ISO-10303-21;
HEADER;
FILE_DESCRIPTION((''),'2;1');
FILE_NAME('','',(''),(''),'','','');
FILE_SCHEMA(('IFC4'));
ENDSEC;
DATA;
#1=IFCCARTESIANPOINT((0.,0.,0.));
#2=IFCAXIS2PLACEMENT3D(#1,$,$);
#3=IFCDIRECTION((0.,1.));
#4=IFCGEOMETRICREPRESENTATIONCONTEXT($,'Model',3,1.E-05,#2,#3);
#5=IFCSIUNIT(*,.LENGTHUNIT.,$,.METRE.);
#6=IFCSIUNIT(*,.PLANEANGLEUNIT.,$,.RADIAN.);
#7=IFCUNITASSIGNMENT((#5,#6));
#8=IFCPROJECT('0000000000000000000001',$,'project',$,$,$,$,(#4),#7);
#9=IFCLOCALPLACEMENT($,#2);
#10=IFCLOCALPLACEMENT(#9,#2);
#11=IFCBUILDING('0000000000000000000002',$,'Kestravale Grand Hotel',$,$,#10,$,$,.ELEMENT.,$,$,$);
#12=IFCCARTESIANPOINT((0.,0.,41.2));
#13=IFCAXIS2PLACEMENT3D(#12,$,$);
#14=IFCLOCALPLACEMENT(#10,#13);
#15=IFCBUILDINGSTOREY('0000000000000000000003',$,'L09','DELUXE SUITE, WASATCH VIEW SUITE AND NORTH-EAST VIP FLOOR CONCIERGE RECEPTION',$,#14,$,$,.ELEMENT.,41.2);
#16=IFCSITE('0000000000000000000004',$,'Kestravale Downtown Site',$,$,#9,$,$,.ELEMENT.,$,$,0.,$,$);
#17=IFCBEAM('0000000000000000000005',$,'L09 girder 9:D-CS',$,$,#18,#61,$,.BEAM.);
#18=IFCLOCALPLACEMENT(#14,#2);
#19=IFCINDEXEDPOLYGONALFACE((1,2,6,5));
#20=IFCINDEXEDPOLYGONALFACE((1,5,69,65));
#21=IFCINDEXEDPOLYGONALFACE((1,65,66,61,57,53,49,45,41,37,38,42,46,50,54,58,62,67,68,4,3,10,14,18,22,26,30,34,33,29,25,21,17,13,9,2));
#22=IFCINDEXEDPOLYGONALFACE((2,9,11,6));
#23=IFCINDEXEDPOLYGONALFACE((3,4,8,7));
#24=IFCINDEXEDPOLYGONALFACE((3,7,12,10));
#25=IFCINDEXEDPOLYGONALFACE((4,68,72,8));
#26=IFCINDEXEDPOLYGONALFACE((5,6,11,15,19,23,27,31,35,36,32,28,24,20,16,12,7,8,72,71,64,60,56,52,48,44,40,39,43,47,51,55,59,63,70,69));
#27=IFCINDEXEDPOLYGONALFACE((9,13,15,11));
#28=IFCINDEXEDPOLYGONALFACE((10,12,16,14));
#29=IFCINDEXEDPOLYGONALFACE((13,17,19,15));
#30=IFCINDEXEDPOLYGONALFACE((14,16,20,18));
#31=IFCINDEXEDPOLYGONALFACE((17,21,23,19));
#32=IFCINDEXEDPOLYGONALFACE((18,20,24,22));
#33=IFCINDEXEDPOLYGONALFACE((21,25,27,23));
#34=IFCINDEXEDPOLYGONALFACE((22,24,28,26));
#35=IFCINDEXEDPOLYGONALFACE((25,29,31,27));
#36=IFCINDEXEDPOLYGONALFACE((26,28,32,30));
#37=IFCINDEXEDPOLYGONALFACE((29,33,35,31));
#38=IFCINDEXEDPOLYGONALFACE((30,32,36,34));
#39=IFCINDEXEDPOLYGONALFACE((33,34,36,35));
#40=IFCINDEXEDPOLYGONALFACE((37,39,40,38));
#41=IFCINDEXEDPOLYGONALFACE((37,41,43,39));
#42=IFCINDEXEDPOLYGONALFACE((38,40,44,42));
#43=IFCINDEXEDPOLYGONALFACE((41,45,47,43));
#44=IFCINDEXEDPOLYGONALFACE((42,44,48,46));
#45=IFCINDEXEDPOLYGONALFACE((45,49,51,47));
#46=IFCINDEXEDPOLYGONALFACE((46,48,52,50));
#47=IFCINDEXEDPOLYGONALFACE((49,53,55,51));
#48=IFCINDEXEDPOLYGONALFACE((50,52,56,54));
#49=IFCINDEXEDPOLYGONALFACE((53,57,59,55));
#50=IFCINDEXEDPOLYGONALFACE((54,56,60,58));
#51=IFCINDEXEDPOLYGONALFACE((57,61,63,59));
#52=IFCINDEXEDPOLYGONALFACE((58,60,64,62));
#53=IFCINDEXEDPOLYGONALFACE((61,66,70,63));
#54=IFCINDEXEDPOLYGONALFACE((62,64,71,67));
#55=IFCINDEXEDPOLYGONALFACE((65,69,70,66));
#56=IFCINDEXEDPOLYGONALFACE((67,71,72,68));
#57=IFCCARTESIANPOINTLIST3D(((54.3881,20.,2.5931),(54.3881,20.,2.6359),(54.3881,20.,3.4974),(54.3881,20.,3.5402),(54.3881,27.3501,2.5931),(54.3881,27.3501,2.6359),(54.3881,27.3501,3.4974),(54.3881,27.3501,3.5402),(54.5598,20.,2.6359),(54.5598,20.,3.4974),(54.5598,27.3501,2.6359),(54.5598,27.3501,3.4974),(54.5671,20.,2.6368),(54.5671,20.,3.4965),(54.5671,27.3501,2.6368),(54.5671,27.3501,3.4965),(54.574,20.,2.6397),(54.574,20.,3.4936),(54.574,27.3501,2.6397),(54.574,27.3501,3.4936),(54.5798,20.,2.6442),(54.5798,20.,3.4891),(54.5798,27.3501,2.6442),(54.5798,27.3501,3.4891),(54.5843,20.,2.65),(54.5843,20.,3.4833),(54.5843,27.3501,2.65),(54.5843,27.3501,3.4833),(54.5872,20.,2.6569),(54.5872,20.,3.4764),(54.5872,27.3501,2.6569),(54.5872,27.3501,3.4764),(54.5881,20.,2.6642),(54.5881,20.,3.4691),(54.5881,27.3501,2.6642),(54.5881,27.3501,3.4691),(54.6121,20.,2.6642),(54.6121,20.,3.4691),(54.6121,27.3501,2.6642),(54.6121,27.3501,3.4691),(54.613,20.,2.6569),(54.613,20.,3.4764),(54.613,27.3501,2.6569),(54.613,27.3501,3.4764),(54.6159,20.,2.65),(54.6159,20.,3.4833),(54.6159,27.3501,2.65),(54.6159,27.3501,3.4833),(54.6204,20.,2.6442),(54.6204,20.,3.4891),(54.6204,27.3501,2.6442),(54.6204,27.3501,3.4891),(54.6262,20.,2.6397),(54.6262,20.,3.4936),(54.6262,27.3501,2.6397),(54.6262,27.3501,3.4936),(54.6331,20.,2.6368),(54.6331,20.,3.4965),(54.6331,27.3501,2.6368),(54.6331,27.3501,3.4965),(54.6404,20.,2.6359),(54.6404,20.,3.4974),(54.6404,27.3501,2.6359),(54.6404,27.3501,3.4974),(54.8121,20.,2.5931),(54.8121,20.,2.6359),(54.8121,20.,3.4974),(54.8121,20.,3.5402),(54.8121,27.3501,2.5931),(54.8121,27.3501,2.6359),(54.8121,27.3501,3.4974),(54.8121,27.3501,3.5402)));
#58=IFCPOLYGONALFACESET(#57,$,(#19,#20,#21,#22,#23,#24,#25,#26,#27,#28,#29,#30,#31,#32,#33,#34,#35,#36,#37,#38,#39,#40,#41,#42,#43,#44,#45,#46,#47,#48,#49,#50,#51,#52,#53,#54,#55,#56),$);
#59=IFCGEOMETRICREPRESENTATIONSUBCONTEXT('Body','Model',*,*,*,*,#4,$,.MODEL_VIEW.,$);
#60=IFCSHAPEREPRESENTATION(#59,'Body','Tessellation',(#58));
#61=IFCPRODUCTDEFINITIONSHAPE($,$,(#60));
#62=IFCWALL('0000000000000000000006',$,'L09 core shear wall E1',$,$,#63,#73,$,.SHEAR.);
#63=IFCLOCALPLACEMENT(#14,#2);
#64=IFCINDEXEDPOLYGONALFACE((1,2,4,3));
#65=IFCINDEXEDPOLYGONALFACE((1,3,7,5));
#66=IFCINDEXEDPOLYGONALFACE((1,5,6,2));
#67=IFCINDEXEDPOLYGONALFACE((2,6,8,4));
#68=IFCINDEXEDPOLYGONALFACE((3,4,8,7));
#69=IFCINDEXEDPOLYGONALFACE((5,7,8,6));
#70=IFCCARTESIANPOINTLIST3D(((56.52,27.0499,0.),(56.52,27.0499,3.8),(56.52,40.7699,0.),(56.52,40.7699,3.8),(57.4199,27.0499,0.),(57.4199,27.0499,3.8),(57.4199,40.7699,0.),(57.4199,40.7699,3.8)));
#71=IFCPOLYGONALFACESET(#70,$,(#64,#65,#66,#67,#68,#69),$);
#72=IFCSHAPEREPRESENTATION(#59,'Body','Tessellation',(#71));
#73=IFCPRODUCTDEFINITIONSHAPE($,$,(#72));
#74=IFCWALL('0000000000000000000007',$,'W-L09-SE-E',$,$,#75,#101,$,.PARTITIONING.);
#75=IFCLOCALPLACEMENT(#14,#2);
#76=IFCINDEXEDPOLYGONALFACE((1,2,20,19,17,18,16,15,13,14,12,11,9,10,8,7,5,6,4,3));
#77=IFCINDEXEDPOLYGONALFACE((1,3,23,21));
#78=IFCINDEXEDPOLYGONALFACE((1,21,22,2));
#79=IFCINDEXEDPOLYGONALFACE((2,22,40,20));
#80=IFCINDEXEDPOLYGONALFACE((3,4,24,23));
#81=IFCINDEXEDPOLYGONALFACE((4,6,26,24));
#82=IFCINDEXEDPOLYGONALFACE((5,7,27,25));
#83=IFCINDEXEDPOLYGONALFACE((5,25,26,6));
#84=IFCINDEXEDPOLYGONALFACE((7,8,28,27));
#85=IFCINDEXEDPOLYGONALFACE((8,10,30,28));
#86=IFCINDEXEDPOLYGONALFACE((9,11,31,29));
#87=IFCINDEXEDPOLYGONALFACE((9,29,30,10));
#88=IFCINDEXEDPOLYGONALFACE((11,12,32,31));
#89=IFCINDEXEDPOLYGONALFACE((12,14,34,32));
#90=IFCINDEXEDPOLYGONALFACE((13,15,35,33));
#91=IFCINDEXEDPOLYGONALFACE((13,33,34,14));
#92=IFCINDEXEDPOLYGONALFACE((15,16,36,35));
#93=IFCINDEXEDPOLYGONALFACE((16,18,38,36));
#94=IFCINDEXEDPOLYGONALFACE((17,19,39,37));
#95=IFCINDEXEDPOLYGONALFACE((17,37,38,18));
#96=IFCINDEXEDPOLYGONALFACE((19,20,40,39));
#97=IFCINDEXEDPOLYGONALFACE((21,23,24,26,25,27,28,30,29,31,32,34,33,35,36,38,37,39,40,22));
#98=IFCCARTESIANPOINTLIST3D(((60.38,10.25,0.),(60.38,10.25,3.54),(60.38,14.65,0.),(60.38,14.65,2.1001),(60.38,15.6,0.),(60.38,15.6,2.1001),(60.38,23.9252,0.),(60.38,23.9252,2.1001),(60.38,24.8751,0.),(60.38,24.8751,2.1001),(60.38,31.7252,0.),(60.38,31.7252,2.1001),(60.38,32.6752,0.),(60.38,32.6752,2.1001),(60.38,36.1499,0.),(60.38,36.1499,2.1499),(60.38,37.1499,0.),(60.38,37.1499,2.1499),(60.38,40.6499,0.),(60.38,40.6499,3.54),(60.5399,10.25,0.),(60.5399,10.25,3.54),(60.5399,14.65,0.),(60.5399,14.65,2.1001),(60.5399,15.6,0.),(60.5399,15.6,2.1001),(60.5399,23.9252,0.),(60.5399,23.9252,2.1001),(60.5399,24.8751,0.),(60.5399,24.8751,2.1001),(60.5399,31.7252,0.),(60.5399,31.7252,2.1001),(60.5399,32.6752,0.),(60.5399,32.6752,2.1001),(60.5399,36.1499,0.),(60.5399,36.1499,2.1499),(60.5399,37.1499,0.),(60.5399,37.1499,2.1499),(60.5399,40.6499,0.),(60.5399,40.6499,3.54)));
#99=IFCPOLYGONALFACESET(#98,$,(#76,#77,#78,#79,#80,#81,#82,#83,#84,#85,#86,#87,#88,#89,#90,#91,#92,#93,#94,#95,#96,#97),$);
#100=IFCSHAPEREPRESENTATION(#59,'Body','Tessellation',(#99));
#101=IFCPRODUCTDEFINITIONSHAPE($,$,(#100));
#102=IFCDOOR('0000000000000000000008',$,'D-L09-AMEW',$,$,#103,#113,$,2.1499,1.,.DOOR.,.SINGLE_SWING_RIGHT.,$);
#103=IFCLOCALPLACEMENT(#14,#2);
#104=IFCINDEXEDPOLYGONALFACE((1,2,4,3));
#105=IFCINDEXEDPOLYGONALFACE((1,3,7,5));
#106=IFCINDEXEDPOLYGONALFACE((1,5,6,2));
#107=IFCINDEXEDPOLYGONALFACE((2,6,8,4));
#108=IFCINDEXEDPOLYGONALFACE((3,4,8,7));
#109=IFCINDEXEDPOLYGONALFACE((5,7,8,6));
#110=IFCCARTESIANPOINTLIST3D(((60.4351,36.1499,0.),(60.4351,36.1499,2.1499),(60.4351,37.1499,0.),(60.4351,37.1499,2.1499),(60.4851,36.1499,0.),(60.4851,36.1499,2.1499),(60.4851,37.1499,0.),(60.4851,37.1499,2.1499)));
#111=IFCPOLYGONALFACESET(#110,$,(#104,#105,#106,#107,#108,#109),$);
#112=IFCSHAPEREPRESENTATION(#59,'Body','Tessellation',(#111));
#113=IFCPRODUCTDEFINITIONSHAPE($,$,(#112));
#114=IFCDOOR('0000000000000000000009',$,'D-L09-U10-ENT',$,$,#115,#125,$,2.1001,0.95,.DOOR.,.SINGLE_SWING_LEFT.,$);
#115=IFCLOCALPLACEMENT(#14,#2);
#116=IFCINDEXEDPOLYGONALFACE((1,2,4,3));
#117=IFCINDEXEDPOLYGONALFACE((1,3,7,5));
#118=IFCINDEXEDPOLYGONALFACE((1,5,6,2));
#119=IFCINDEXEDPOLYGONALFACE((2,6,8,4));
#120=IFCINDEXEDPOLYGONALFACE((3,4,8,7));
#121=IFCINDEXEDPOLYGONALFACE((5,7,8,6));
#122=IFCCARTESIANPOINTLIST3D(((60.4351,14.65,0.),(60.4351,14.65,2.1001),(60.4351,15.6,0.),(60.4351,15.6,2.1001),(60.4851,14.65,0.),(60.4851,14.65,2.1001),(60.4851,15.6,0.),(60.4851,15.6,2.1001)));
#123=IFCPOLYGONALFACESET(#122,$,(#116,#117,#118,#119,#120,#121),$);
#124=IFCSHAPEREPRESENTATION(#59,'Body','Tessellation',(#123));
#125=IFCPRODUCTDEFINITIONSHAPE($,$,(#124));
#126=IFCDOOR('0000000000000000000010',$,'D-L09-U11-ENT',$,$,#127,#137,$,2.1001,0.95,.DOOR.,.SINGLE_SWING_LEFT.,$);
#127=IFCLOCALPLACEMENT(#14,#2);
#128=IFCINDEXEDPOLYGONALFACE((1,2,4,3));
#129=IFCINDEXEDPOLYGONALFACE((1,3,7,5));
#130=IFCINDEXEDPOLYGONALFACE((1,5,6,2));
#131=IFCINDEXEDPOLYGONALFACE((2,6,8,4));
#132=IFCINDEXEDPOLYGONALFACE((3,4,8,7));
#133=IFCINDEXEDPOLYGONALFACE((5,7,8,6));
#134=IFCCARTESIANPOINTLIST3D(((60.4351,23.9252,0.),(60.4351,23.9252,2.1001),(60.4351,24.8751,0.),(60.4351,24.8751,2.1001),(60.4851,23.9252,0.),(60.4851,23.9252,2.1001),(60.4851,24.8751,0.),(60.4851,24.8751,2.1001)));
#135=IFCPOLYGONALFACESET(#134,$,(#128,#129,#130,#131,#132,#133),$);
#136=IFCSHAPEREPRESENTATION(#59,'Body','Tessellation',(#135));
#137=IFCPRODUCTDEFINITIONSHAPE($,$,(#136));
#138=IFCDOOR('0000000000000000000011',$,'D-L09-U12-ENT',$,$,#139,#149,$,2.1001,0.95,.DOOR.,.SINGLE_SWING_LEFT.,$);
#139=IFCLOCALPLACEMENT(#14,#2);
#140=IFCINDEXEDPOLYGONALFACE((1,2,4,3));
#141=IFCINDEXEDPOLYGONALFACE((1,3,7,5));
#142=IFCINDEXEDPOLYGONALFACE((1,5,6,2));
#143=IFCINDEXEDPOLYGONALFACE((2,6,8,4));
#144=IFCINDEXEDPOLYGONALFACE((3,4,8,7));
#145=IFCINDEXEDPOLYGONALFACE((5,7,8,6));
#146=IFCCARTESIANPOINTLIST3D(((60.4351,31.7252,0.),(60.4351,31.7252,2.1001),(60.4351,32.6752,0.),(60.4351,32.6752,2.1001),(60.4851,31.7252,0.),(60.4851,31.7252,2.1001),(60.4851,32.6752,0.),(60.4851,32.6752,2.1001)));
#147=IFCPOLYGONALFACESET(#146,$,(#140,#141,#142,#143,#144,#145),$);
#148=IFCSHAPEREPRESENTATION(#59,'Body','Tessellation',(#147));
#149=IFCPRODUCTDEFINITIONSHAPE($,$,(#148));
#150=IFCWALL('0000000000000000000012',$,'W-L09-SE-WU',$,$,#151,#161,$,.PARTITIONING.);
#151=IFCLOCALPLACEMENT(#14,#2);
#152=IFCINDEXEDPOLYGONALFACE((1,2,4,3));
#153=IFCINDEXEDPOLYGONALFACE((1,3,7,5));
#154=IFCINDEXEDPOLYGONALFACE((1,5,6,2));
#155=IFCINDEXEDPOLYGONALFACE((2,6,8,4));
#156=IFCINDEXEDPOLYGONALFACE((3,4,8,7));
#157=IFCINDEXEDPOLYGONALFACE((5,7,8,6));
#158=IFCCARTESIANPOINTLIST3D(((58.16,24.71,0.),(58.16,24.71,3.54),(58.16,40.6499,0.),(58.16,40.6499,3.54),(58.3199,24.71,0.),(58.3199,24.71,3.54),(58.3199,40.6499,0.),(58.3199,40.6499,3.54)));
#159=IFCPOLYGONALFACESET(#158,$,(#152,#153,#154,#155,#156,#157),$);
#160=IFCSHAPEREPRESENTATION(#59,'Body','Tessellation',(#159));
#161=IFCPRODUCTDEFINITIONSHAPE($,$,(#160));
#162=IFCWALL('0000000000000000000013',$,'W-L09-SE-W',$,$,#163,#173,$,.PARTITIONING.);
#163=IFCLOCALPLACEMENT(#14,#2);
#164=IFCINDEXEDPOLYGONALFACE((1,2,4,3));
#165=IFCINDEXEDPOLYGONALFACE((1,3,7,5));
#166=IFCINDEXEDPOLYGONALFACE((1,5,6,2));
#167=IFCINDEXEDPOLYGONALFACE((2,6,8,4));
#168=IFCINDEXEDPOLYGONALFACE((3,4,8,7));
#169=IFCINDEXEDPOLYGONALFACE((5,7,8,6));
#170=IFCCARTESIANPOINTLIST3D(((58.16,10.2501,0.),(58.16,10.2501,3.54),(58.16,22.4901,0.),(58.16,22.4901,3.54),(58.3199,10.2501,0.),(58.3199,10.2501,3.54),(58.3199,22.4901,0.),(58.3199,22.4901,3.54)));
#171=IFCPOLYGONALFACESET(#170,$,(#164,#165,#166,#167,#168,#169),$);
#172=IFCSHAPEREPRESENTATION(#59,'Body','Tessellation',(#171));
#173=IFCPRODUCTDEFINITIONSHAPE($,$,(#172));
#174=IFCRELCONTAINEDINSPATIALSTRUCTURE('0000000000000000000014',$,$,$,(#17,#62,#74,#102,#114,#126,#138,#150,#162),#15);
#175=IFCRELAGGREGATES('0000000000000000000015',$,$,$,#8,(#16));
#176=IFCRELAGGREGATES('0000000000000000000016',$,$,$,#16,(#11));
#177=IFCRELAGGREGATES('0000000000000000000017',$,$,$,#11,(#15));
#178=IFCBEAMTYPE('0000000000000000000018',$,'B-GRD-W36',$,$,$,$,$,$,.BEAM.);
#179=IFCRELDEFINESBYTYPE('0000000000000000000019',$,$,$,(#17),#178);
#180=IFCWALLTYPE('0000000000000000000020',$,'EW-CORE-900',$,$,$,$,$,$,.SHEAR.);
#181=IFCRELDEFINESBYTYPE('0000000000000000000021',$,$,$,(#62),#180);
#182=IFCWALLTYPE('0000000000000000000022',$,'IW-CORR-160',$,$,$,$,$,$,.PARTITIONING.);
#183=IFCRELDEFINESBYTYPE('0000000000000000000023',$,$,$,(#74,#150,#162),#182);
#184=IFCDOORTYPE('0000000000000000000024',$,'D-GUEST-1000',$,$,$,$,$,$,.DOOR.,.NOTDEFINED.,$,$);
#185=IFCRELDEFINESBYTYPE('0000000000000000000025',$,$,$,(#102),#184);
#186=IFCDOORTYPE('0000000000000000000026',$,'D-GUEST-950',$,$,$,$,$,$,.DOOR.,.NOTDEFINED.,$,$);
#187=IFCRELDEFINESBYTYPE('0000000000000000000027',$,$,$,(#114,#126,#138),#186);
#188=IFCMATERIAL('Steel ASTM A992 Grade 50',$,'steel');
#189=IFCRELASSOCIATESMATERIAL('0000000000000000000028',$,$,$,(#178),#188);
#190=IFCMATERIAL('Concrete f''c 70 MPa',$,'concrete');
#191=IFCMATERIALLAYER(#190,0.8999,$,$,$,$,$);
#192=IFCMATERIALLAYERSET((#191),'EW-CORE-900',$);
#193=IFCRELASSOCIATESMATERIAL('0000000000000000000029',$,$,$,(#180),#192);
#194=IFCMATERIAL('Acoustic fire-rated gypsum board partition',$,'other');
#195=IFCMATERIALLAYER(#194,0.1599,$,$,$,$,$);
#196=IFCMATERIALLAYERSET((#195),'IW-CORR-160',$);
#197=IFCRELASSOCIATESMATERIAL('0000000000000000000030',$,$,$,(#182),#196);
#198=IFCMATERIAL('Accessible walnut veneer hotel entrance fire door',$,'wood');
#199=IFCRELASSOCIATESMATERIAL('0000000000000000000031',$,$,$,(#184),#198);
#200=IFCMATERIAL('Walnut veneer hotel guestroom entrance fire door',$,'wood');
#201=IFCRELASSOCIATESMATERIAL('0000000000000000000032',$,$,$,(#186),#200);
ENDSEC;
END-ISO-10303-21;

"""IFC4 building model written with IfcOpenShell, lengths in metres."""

from ifc_helpers import new_model, si_unit, direction, frame, frame_2d, origin, origin_2d, place, context, subcontext, project, spatial, rectangle, i_section, extrude, material, layer, layer_set, material_profile, profile_set, type_object, element, fill, save


model = new_model("IFC4")

# Units and contexts
model_context = context("Model", 3, precision=1e-05, world=origin(), true_north=direction((0.0, 1.0)))
body_context = subcontext(model_context, "Body", "Model", "MODEL_VIEW")
ifc_project = project(units=[si_unit("LENGTHUNIT", "METRE"), si_unit("PLANEANGLEUNIT", "RADIAN")], contexts=[model_context])

# Site, building, storey
site_placement = place(None, origin())
site = spatial("IfcSite", under=ifc_project, at=site_placement, Name="Kestravale Downtown Site", CompositionType="ELEMENT", RefElevation=0.0)
building_placement = place(site_placement, origin())
building = spatial("IfcBuilding", under=site, at=building_placement, Name="Kestravale Grand Hotel", CompositionType="ELEMENT")
storey_placement = place(building_placement, frame((0.0, 0.0, 41.2)))
storey = spatial("IfcBuildingStorey", under=building, at=storey_placement, Name="L09", Description="DELUXE SUITE, WASATCH VIEW SUITE AND NORTH-EAST VIP FLOOR CONCIERGE RECEPTION", CompositionType="ELEMENT", Elevation=41.2)

# Beam
ifc_material_1 = material(Name="Steel ASTM A992 Grade 50", Category="steel")
ifc_material_profile_1 = material_profile(ifc_material_1, i_section(OverallWidth=0.4241, OverallDepth=0.947, WebThickness=0.0239, FlangeThickness=0.0427, FilletRadius=0.0283, at=origin_2d()))
ifc_profile_set_1 = profile_set([ifc_material_profile_1], Name="Steel ASTM A992 Grade 50")
beam_type_1 = type_object("IfcBeamType", Name="B-GRD-W36", PredefinedType="BEAM", material=ifc_profile_set_1)
beam_1_placement = place(storey_placement, frame((54.6001, 20.0, 3.0667), z_axis=(0.0, 1.0, 0.0), x_axis=(-1.0, 0.0, 0.0)))
element("IfcBeam", 1, at=beam_1_placement, inside=storey, type_object=beam_type_1, Name="L09 girder 9:D-CS", PredefinedType="BEAM", context=body_context, shape_type="SweptSolid", body=[
    extrude(i_section(OverallWidth=0.4241, OverallDepth=0.947, WebThickness=0.0239, FlangeThickness=0.0427, FilletRadius=0.0283, at=origin_2d()), origin(), (0.0, 0.0, 1.0), 7.3501),
])

# Wall
ifc_material_2 = material(Name="Concrete f'c 70 MPa", Category="concrete")
ifc_layer_1 = layer(ifc_material_2, 0.8999)
ifc_layer_set_1 = layer_set([ifc_layer_1], Name="EW-CORE-900")
wall_type_1 = type_object("IfcWallType", Name="EW-CORE-900", PredefinedType="SHEAR", material=ifc_layer_set_1)
wall_1_placement = place(storey_placement, frame((56.97, 27.05, 0.0), z_axis=(0.0, 0.0, 1.0), x_axis=(0.0, 1.0, 0.0)))
element("IfcWall", 2, at=wall_1_placement, inside=storey, type_object=wall_type_1, Name="L09 core shear wall E1", PredefinedType="SHEAR", context=body_context, shape_type="SweptSolid", body=[
    extrude(rectangle(XDim=13.72, YDim=0.8999, at=frame_2d((6.8599, 0.0))), origin(), (0.0, 0.0, 1.0), 3.8),
])

# Wall, openings, doors
ifc_material_3 = material(Name="Acoustic fire-rated gypsum board partition", Category="other")
ifc_layer_2 = layer(ifc_material_3, 0.1599)
ifc_layer_set_2 = layer_set([ifc_layer_2], Name="IW-CORR-160")
wall_type_2 = type_object("IfcWallType", Name="IW-CORR-160", PredefinedType="PARTITIONING", material=ifc_layer_set_2)
wall_2_placement = place(storey_placement, frame((60.46, 10.25, 0.0), z_axis=(0.0, 0.0, 1.0), x_axis=(0.0, 1.0, 0.0)))
wall_2 = element("IfcWall", 3, at=wall_2_placement, inside=storey, type_object=wall_type_2, Name="W-L09-SE-E", PredefinedType="PARTITIONING", context=body_context, shape_type="SweptSolid", body=[
    extrude(rectangle(XDim=30.3999, YDim=0.1599, at=frame_2d((15.2, 0.0))), origin(), (0.0, 0.0, 1.0), 3.54),
])
opening_1_placement = place(wall_2_placement, frame((4.3999, 0.0, 0.0)))
opening_1 = element("IfcOpeningElement", 4, at=opening_1_placement, cuts=wall_2, PredefinedType="OPENING", context=body_context, shape_type="SweptSolid", body=[
    extrude(rectangle(XDim=0.95, YDim=2.1001, at=frame_2d((0.4751, 1.05))), frame((0.0, 0.0898, 0.0), z_axis=(0.0, -1.0, 0.0), x_axis=(1.0, 0.0, 0.0)), (0.0, 0.0, 1.0), 0.1799),
])
opening_2_placement = place(wall_2_placement, frame((13.675, 0.0, 0.0)))
opening_2 = element("IfcOpeningElement", 5, at=opening_2_placement, cuts=wall_2, PredefinedType="OPENING", context=body_context, shape_type="SweptSolid", body=[
    extrude(rectangle(XDim=0.95, YDim=2.1001, at=frame_2d((0.4751, 1.05))), frame((0.0, 0.0898, 0.0), z_axis=(0.0, -1.0, 0.0), x_axis=(1.0, 0.0, 0.0)), (0.0, 0.0, 1.0), 0.1799),
])
opening_3_placement = place(wall_2_placement, frame((21.4751, 0.0, 0.0)))
opening_3 = element("IfcOpeningElement", 6, at=opening_3_placement, cuts=wall_2, PredefinedType="OPENING", context=body_context, shape_type="SweptSolid", body=[
    extrude(rectangle(XDim=0.95, YDim=2.1001, at=frame_2d((0.4751, 1.05))), frame((0.0, 0.0898, 0.0), z_axis=(0.0, -1.0, 0.0), x_axis=(1.0, 0.0, 0.0)), (0.0, 0.0, 1.0), 0.1799),
])
opening_4_placement = place(wall_2_placement, frame((25.8999, 0.0, 0.0)))
opening_4 = element("IfcOpeningElement", 7, at=opening_4_placement, cuts=wall_2, PredefinedType="OPENING", context=body_context, shape_type="SweptSolid", body=[
    extrude(rectangle(XDim=1.0, YDim=2.1499, at=frame_2d((0.5, 1.075))), frame((0.0, 0.0898, 0.0), z_axis=(0.0, -1.0, 0.0), x_axis=(1.0, 0.0, 0.0)), (0.0, 0.0, 1.0), 0.1799),
])
ifc_material_4 = material(Name="Accessible walnut veneer hotel entrance fire door", Category="wood")
door_type_1 = type_object("IfcDoorType", Name="D-GUEST-1000", OperationType="NOTDEFINED", PredefinedType="DOOR", material=ifc_material_4)
door_1_placement = place(opening_4_placement, origin())
door_1 = element("IfcDoor", 8, at=door_1_placement, inside=storey, type_object=door_type_1, Name="D-L09-AMEW", OperationType="SINGLE_SWING_RIGHT", OverallHeight=2.1499, OverallWidth=1.0, PredefinedType="DOOR", context=body_context, shape_type="SweptSolid", body=[
    extrude(rectangle(XDim=1.0, YDim=2.1499, at=frame_2d((0.5, 1.075))), frame((0.0, 0.0249, 0.0), z_axis=(0.0, -1.0, 0.0), x_axis=(1.0, 0.0, 0.0)), (0.0, 0.0, 1.0), 0.05),
])
fill(opening_4, door_1)
ifc_material_5 = material(Name="Walnut veneer hotel guestroom entrance fire door", Category="wood")
door_type_2 = type_object("IfcDoorType", Name="D-GUEST-950", OperationType="NOTDEFINED", PredefinedType="DOOR", material=ifc_material_5)
door_2_placement = place(opening_1_placement, origin())
door_2 = element("IfcDoor", 9, at=door_2_placement, inside=storey, type_object=door_type_2, Name="D-L09-U10-ENT", OperationType="SINGLE_SWING_LEFT", OverallHeight=2.1001, OverallWidth=0.95, PredefinedType="DOOR", context=body_context, shape_type="SweptSolid", body=[
    extrude(rectangle(XDim=0.95, YDim=2.1001, at=frame_2d((0.4751, 1.05))), frame((0.0, 0.0249, 0.0), z_axis=(0.0, -1.0, 0.0), x_axis=(1.0, 0.0, 0.0)), (0.0, 0.0, 1.0), 0.05),
])
fill(opening_1, door_2)
door_3_placement = place(opening_2_placement, origin())
door_3 = element("IfcDoor", 10, at=door_3_placement, inside=storey, type_object=door_type_2, Name="D-L09-U11-ENT", OperationType="SINGLE_SWING_LEFT", OverallHeight=2.1001, OverallWidth=0.95, PredefinedType="DOOR", context=body_context, shape_type="SweptSolid", body=[
    extrude(rectangle(XDim=0.95, YDim=2.1001, at=frame_2d((0.4751, 1.05))), frame((0.0, 0.0249, 0.0), z_axis=(0.0, -1.0, 0.0), x_axis=(1.0, 0.0, 0.0)), (0.0, 0.0, 1.0), 0.05),
])
fill(opening_2, door_3)
door_4_placement = place(opening_3_placement, origin())
door_4 = element("IfcDoor", 11, at=door_4_placement, inside=storey, type_object=door_type_2, Name="D-L09-U12-ENT", OperationType="SINGLE_SWING_LEFT", OverallHeight=2.1001, OverallWidth=0.95, PredefinedType="DOOR", context=body_context, shape_type="SweptSolid", body=[
    extrude(rectangle(XDim=0.95, YDim=2.1001, at=frame_2d((0.4751, 1.05))), frame((0.0, 0.0249, 0.0), z_axis=(0.0, -1.0, 0.0), x_axis=(1.0, 0.0, 0.0)), (0.0, 0.0, 1.0), 0.05),
])
fill(opening_3, door_4)

# Walls
wall_3_placement = place(storey_placement, frame((58.24, 24.71, 0.0), z_axis=(0.0, 0.0, 1.0), x_axis=(0.0, 1.0, 0.0)))
element("IfcWall", 12, at=wall_3_placement, inside=storey, type_object=wall_type_2, Name="W-L09-SE-WU", PredefinedType="PARTITIONING", context=body_context, shape_type="SweptSolid", body=[
    extrude(rectangle(XDim=15.9399, YDim=0.1599, at=frame_2d((7.97, 0.0))), origin(), (0.0, 0.0, 1.0), 3.54),
])
wall_4_placement = place(storey_placement, frame((58.24, 10.25, 0.0), z_axis=(0.0, 0.0, 1.0), x_axis=(0.0, 1.0, 0.0)))
element("IfcWall", 13, at=wall_4_placement, inside=storey, type_object=wall_type_2, Name="W-L09-SE-W", PredefinedType="PARTITIONING", context=body_context, shape_type="SweptSolid", body=[
    extrude(rectangle(XDim=12.24, YDim=0.1599, at=frame_2d((6.1201, 0.0))), origin(), (0.0, 0.0, 1.0), 3.54),
])

save(model, "model.ifc")
